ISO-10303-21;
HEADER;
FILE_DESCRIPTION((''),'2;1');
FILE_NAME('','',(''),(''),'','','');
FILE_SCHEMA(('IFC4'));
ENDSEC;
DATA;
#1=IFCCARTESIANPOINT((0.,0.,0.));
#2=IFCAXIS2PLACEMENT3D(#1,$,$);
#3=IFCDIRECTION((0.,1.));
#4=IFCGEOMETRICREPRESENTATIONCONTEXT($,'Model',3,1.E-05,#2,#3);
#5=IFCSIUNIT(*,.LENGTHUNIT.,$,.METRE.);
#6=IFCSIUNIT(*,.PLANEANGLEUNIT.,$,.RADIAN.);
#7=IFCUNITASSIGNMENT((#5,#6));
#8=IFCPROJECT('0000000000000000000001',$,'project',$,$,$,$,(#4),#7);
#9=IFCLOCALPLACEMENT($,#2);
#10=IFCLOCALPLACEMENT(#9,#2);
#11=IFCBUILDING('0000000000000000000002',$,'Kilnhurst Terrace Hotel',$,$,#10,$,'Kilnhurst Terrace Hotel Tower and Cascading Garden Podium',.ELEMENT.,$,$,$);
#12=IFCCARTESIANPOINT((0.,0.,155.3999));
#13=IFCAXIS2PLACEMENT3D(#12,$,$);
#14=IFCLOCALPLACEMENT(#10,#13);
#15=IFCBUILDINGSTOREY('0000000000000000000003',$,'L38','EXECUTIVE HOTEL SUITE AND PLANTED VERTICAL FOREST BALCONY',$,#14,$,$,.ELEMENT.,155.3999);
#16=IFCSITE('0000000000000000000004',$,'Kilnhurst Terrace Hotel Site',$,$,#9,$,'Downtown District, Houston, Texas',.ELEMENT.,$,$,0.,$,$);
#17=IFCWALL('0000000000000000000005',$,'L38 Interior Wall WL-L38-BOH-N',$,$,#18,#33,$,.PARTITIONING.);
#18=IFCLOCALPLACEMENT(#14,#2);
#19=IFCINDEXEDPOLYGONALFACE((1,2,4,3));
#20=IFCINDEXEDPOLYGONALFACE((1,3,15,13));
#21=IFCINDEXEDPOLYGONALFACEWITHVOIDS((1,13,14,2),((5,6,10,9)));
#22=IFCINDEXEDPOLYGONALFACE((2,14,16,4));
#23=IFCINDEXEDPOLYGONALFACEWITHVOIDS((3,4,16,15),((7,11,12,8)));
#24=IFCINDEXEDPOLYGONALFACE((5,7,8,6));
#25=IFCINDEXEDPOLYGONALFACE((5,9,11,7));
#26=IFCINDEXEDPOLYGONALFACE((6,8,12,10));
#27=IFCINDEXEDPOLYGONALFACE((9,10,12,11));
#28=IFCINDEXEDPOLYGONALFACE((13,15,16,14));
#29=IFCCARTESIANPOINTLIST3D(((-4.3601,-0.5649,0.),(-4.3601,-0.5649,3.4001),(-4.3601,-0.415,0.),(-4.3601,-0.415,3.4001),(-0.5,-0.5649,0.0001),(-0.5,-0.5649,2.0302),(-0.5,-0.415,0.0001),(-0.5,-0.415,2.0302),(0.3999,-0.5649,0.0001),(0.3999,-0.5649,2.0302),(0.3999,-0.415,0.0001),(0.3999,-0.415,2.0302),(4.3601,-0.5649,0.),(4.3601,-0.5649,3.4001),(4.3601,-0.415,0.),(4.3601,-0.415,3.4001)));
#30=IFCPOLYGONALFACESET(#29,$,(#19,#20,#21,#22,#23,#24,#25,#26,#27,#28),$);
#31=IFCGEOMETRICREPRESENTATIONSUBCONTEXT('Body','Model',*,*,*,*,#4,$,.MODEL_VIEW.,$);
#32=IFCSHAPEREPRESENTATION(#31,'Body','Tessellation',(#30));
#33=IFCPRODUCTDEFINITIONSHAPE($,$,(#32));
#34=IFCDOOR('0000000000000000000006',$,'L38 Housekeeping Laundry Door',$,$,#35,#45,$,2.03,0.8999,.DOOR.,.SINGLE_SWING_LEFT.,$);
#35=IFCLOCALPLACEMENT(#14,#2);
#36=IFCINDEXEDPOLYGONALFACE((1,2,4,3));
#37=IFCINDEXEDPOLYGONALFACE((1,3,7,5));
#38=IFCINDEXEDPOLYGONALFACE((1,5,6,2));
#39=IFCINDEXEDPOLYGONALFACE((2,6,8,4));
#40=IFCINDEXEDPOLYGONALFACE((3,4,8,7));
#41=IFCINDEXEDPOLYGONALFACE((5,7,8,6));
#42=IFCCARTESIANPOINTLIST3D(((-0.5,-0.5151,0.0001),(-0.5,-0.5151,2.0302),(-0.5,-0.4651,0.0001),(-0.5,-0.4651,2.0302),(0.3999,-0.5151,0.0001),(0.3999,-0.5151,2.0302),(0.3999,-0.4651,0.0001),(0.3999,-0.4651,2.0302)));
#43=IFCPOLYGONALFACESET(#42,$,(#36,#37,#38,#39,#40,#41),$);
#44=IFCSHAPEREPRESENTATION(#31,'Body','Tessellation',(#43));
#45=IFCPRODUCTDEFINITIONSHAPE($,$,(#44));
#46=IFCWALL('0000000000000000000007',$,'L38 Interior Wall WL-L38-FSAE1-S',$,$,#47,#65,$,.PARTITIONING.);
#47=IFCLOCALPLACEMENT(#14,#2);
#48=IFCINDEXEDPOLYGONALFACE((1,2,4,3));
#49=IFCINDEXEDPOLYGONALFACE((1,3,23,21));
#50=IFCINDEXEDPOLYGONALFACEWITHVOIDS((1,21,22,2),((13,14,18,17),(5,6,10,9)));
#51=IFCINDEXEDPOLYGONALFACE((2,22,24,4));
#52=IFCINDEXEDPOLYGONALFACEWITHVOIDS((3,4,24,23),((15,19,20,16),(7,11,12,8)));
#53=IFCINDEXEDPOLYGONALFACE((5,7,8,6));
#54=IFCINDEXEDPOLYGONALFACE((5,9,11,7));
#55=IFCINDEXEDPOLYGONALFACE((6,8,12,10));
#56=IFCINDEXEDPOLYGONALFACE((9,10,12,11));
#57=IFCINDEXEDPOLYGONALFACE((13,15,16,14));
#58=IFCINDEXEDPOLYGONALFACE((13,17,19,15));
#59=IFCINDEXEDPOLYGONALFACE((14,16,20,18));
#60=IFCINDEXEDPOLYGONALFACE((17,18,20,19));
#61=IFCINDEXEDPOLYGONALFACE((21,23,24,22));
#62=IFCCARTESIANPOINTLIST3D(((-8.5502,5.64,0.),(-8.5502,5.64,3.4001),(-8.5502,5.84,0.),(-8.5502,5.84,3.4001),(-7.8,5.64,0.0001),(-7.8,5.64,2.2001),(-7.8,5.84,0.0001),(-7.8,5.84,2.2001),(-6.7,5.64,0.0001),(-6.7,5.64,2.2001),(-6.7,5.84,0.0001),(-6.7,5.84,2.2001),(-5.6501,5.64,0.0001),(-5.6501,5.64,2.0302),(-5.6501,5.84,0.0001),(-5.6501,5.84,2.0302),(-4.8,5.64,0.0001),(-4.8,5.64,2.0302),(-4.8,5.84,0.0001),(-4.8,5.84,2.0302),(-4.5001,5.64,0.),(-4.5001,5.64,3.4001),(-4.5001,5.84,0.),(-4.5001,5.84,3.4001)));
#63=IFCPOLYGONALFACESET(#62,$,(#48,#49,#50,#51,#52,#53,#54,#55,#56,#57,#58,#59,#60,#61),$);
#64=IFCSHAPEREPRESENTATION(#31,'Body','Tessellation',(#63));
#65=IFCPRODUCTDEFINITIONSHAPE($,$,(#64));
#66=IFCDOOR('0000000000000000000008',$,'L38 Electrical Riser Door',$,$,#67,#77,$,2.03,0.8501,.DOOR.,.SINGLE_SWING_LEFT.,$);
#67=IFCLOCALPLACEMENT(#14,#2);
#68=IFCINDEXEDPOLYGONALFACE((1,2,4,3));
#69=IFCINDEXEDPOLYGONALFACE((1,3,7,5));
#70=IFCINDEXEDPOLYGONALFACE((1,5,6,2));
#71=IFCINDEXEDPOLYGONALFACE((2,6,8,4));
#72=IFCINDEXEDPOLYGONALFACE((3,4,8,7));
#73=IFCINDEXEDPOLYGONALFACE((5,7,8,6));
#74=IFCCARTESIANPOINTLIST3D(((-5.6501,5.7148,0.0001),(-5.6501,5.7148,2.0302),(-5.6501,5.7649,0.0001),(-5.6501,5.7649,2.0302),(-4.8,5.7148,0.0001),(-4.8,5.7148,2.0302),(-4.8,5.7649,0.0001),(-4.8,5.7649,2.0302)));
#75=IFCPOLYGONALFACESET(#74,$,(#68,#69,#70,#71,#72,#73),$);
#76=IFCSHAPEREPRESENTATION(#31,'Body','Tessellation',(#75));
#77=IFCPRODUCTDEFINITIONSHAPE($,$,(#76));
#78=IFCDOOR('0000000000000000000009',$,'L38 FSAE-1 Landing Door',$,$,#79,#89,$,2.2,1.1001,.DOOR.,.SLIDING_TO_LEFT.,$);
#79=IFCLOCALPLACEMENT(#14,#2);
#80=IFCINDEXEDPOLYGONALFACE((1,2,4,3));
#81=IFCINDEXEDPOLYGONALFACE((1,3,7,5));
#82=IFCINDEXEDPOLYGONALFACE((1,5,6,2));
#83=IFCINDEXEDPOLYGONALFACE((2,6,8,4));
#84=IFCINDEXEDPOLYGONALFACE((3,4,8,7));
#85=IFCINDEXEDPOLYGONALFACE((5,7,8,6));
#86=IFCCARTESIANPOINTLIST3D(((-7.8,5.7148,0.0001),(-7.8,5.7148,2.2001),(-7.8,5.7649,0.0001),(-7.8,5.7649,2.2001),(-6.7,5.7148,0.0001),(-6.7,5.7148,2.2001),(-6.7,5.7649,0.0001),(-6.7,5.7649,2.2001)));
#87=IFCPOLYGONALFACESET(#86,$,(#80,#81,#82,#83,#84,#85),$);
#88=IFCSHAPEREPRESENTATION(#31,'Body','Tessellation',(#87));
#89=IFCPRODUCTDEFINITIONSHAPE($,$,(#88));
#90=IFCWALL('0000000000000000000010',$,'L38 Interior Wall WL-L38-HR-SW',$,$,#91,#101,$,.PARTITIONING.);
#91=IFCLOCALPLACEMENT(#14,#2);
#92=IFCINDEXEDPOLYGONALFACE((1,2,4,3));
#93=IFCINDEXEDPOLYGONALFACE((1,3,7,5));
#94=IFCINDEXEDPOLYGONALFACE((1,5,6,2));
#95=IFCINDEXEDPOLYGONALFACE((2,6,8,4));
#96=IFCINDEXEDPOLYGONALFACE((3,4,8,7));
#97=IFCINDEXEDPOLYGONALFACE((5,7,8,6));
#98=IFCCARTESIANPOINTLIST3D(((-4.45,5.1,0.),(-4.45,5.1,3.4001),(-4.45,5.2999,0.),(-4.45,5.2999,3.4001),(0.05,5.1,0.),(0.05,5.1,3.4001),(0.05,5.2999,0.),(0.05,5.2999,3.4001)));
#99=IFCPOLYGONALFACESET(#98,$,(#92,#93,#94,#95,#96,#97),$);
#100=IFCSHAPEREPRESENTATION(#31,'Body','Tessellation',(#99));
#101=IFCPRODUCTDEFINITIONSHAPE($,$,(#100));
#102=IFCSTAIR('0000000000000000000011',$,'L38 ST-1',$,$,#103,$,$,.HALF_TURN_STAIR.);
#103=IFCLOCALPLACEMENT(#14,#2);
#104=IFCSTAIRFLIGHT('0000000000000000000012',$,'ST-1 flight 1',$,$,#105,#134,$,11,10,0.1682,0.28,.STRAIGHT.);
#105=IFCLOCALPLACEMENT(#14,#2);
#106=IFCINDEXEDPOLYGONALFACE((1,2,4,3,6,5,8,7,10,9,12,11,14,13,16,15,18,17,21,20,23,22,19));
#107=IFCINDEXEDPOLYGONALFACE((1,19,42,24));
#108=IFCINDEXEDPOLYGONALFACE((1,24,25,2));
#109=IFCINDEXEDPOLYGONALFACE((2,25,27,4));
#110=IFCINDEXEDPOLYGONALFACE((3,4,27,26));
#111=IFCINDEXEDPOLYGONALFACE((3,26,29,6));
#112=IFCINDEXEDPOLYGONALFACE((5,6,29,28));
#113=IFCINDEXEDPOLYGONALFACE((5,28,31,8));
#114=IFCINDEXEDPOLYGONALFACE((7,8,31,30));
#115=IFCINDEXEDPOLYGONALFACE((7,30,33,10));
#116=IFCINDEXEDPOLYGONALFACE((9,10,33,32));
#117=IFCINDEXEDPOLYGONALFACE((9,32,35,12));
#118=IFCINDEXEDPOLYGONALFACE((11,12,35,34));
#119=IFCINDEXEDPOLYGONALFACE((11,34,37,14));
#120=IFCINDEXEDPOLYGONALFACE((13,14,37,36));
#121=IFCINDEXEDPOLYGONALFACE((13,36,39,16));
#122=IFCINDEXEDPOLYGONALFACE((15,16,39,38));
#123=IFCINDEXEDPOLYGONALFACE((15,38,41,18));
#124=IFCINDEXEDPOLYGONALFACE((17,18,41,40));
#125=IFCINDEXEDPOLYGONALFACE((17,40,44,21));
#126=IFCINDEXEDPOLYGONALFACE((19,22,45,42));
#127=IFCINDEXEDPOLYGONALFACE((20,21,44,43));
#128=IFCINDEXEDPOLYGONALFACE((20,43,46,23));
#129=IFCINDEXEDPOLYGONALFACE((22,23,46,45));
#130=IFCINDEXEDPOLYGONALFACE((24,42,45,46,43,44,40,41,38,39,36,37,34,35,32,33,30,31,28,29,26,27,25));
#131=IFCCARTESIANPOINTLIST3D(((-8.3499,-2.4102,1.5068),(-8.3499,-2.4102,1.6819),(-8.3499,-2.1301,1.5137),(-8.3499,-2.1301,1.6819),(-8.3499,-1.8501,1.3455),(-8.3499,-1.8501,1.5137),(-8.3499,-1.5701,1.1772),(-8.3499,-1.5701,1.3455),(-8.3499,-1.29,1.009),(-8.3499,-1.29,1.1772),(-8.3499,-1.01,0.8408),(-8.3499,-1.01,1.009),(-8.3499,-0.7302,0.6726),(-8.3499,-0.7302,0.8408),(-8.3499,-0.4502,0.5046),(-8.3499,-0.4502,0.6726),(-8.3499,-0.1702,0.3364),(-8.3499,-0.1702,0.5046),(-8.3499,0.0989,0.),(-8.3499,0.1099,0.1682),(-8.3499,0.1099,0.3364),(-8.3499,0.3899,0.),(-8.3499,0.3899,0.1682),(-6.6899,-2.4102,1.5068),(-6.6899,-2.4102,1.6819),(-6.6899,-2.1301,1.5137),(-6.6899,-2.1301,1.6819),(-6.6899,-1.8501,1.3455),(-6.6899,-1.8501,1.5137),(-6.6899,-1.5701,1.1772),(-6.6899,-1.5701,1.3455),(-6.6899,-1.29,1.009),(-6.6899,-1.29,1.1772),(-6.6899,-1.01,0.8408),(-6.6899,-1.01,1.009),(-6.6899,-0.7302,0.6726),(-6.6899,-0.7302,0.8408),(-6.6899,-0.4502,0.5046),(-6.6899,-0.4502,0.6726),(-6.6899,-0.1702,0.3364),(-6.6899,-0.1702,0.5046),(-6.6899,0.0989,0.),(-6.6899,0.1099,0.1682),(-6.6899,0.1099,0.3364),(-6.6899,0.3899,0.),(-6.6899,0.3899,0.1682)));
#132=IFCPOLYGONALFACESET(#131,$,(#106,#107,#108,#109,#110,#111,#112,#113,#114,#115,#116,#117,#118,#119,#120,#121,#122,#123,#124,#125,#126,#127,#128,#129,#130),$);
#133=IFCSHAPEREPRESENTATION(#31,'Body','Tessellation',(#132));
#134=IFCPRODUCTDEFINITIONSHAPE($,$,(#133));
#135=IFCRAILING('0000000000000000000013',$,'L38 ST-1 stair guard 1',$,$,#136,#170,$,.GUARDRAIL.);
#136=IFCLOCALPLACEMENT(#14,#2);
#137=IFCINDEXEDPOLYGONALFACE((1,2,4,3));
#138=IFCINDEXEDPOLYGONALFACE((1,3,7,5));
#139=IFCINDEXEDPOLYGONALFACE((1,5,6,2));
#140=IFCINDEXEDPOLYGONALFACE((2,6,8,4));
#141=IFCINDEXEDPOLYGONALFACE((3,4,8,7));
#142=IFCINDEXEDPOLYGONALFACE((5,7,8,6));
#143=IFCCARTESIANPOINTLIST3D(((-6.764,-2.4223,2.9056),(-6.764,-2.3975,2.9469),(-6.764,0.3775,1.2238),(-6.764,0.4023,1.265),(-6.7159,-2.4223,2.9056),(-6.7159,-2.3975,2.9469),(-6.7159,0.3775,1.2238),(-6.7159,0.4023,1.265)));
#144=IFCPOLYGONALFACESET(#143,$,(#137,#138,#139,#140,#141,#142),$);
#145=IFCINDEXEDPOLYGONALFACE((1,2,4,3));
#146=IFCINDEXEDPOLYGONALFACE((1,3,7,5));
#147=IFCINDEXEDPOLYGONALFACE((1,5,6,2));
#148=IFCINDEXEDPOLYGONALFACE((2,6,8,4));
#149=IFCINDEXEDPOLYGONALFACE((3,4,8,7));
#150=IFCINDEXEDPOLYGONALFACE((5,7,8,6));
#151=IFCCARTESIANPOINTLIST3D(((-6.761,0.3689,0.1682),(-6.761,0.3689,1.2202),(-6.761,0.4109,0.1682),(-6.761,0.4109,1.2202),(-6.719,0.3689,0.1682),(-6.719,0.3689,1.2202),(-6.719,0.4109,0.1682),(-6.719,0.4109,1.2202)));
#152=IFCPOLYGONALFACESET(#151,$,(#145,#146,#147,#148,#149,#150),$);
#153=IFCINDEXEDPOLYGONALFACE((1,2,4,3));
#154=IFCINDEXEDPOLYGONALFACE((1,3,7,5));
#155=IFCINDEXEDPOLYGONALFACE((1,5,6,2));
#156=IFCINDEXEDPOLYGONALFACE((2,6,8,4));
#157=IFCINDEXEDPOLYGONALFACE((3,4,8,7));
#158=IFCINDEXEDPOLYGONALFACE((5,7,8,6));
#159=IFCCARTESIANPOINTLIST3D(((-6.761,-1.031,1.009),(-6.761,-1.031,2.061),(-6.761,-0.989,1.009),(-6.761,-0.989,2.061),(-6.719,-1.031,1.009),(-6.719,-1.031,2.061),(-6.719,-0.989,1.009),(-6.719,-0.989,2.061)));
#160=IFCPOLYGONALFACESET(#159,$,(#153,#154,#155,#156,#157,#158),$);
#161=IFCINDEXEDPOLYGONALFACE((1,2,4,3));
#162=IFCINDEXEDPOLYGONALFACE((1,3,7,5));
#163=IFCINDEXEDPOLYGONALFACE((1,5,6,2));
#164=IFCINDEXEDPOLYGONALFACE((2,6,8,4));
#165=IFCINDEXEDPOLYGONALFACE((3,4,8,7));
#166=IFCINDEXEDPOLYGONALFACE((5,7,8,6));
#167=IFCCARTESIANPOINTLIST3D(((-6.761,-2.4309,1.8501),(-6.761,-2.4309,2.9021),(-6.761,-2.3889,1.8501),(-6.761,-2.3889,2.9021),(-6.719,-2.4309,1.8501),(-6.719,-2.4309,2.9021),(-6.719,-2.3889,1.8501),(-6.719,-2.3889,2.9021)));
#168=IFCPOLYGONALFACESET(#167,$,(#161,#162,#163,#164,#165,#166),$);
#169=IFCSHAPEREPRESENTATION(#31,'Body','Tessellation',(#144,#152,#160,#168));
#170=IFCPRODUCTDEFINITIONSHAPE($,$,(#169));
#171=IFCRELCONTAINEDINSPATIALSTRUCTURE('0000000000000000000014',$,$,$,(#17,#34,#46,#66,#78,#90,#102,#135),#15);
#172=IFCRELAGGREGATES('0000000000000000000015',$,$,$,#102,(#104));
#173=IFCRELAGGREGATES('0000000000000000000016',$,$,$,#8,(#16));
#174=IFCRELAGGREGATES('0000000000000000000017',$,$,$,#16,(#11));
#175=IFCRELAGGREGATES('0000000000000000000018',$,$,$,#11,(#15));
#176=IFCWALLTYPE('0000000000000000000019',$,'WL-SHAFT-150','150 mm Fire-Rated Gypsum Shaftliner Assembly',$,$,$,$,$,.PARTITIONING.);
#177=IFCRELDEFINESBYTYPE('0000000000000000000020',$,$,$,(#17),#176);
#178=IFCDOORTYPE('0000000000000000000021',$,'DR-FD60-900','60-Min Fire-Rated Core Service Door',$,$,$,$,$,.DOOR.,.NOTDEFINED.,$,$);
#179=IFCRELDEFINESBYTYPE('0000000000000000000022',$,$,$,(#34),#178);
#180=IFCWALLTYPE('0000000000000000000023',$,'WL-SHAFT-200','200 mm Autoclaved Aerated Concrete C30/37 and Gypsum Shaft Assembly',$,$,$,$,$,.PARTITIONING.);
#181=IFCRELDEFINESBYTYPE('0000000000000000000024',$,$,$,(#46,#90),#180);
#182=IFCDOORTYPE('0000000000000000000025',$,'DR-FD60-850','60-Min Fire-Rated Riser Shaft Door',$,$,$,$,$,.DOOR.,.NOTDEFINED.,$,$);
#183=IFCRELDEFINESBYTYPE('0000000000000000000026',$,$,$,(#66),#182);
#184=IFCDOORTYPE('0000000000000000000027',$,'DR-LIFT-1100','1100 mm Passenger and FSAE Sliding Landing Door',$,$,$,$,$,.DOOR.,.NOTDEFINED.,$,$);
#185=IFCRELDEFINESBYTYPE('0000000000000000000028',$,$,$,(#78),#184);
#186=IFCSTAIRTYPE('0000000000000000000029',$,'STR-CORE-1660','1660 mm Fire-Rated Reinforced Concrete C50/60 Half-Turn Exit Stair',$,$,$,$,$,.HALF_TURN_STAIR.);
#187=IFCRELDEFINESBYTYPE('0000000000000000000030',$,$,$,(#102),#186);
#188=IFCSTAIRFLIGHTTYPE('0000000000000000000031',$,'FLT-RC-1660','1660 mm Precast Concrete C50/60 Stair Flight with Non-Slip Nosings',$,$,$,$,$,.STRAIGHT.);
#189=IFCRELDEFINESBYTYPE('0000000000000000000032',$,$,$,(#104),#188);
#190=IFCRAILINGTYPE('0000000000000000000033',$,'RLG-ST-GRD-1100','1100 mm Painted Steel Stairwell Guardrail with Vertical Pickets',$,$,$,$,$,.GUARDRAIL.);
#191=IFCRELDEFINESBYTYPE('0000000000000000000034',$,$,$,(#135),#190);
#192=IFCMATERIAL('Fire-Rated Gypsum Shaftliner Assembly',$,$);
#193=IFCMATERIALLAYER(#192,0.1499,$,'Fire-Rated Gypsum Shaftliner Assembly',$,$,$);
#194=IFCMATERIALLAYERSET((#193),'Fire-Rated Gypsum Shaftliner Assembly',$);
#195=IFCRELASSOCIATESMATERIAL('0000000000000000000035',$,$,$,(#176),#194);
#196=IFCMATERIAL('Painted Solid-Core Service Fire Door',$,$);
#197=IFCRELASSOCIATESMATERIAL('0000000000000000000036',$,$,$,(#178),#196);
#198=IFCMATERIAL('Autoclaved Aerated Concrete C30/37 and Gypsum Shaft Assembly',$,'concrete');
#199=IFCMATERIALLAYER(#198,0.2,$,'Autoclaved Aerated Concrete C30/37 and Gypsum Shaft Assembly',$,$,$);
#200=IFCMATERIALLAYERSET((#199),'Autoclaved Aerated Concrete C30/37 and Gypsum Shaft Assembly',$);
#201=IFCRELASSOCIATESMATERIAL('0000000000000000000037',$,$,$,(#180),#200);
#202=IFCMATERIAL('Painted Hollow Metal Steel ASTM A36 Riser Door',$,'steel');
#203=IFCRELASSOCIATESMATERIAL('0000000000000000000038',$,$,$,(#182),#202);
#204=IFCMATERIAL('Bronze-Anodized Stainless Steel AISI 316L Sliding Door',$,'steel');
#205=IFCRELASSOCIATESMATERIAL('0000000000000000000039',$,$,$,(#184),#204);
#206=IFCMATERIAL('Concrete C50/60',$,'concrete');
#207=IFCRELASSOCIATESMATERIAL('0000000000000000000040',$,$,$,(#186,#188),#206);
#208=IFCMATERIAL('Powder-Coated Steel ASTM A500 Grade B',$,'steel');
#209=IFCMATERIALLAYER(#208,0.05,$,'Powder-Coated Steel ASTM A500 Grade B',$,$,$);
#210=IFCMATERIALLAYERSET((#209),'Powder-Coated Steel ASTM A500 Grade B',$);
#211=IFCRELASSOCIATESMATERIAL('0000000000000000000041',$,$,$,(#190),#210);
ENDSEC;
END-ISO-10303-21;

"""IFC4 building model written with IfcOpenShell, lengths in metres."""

from ifc_helpers import new_model, si_unit, direction, frame, frame_2d, origin, origin_2d, place, context, subcontext, project, spatial, polyline, rectangle, outline, extrude, material, layer, layer_set, type_object, element, fill, aggregate, save


model = new_model("IFC4")

# Units and contexts
model_context = context("Model", 3, precision=1e-05, world=origin(), true_north=direction((0.0, 1.0)))
body_context = subcontext(model_context, "Body", "Model", "MODEL_VIEW")
ifc_project = project(units=[si_unit("LENGTHUNIT", "METRE"), si_unit("PLANEANGLEUNIT", "RADIAN")], contexts=[model_context])

# Site, building, storey
site_placement = place(None, origin())
site = spatial("IfcSite", under=ifc_project, at=site_placement, Name="Kilnhurst Terrace Hotel Site", LongName="Downtown District, Houston, Texas", CompositionType="ELEMENT", RefElevation=0.0)
building_placement = place(site_placement, origin())
building = spatial("IfcBuilding", under=site, at=building_placement, Name="Kilnhurst Terrace Hotel", LongName="Kilnhurst Terrace Hotel Tower and Cascading Garden Podium", CompositionType="ELEMENT")
storey_placement = place(building_placement, frame((0.0, 0.0, 155.3999)))
storey = spatial("IfcBuildingStorey", under=building, at=storey_placement, Name="L38", Description="EXECUTIVE HOTEL SUITE AND PLANTED VERTICAL FOREST BALCONY", CompositionType="ELEMENT", Elevation=155.3999)

# Shared definitions
ifc_material_1 = material(Name="Concrete C50/60", Category="concrete")

# Shared definitions
ifc_material_2 = material(Name="Fire-Rated Gypsum Shaftliner Assembly")
ifc_layer_1 = layer(ifc_material_2, 0.1499, Name="Fire-Rated Gypsum Shaftliner Assembly")
ifc_layer_set_1 = layer_set([ifc_layer_1], Name="Fire-Rated Gypsum Shaftliner Assembly")
wall_type_1 = type_object("IfcWallType", Name="WL-SHAFT-150", Description="150 mm Fire-Rated Gypsum Shaftliner Assembly", PredefinedType="PARTITIONING", material=ifc_layer_set_1)

# Wall, opening, door
wall_1_placement = place(storey_placement, frame((-4.3601, -0.49, 0.0), z_axis=(0.0, 0.0, 1.0), x_axis=(1.0, 0.0, 0.0)))
wall_1 = element("IfcWall", 1, at=wall_1_placement, inside=storey, type_object=wall_type_1, Name="L38 Interior Wall WL-L38-BOH-N", PredefinedType="PARTITIONING", context=body_context, shape_type="SweptSolid", body=[
    extrude(rectangle(XDim=8.7202, YDim=0.1499, at=frame_2d((4.3601, 0.0))), origin(), (0.0, 0.0, 1.0), 3.4001),
])
opening_1_placement = place(wall_1_placement, frame((3.8601, 0.0, 0.0)))
opening_1 = element("IfcOpeningElement", 2, at=opening_1_placement, cuts=wall_1, PredefinedType="OPENING", context=body_context, shape_type="SweptSolid", body=[
    extrude(rectangle(XDim=0.8999, YDim=2.03, at=frame_2d((0.45, 1.0151))), frame((0.0, 0.085, 0.0), z_axis=(0.0, -1.0, 0.0), x_axis=(1.0, 0.0, 0.0)), (0.0, 0.0, 1.0), 0.1699),
])
ifc_material_3 = material(Name="Painted Solid-Core Service Fire Door")
door_type_1 = type_object("IfcDoorType", Name="DR-FD60-900", Description="60-Min Fire-Rated Core Service Door", OperationType="NOTDEFINED", PredefinedType="DOOR", material=ifc_material_3)
door_1_placement = place(opening_1_placement, origin())
door_1 = element("IfcDoor", 3, at=door_1_placement, inside=storey, type_object=door_type_1, Name="L38 Housekeeping Laundry Door", OperationType="SINGLE_SWING_LEFT", OverallHeight=2.03, OverallWidth=0.8999, PredefinedType="DOOR", context=body_context, shape_type="SweptSolid", body=[
    extrude(rectangle(XDim=0.8999, YDim=2.03, at=frame_2d((0.45, 1.0151))), frame((0.0, 0.0249, 0.0), z_axis=(0.0, -1.0, 0.0), x_axis=(1.0, 0.0, 0.0)), (0.0, 0.0, 1.0), 0.05),
])
fill(opening_1, door_1)

# Wall, openings, doors
ifc_material_4 = material(Name="Autoclaved Aerated Concrete C30/37 and Gypsum Shaft Assembly", Category="concrete")
ifc_layer_2 = layer(ifc_material_4, 0.2, Name="Autoclaved Aerated Concrete C30/37 and Gypsum Shaft Assembly")
ifc_layer_set_2 = layer_set([ifc_layer_2], Name="Autoclaved Aerated Concrete C30/37 and Gypsum Shaft Assembly")
wall_type_2 = type_object("IfcWallType", Name="WL-SHAFT-200", Description="200 mm Autoclaved Aerated Concrete C30/37 and Gypsum Shaft Assembly", PredefinedType="PARTITIONING", material=ifc_layer_set_2)
wall_2_placement = place(storey_placement, frame((-8.55, 5.74, 0.0), z_axis=(0.0, 0.0, 1.0), x_axis=(1.0, 0.0, 0.0)))
wall_2 = element("IfcWall", 4, at=wall_2_placement, inside=storey, type_object=wall_type_2, Name="L38 Interior Wall WL-L38-FSAE1-S", PredefinedType="PARTITIONING", context=body_context, shape_type="SweptSolid", body=[
    extrude(rectangle(XDim=4.05, YDim=0.2, at=frame_2d((2.0249, 0.0))), origin(), (0.0, 0.0, 1.0), 3.4001),
])
opening_2_placement = place(wall_2_placement, frame((0.75, 0.0, 0.0)))
opening_2 = element("IfcOpeningElement", 5, at=opening_2_placement, cuts=wall_2, PredefinedType="OPENING", context=body_context, shape_type="SweptSolid", body=[
    extrude(rectangle(XDim=1.1001, YDim=2.2, at=frame_2d((0.55, 1.1001))), frame((0.0, 0.1099, 0.0), z_axis=(0.0, -1.0, 0.0), x_axis=(1.0, 0.0, 0.0)), (0.0, 0.0, 1.0), 0.22),
])
opening_3_placement = place(wall_2_placement, frame((2.8999, 0.0, 0.0)))
opening_3 = element("IfcOpeningElement", 6, at=opening_3_placement, cuts=wall_2, PredefinedType="OPENING", context=body_context, shape_type="SweptSolid", body=[
    extrude(rectangle(XDim=0.8501, YDim=2.03, at=frame_2d((0.425, 1.0151))), frame((0.0, 0.1099, 0.0), z_axis=(0.0, -1.0, 0.0), x_axis=(1.0, 0.0, 0.0)), (0.0, 0.0, 1.0), 0.22),
])
ifc_material_5 = material(Name="Painted Hollow Metal Steel ASTM A36 Riser Door", Category="steel")
door_type_2 = type_object("IfcDoorType", Name="DR-FD60-850", Description="60-Min Fire-Rated Riser Shaft Door", OperationType="NOTDEFINED", PredefinedType="DOOR", material=ifc_material_5)
door_2_placement = place(opening_3_placement, origin())
door_2 = element("IfcDoor", 7, at=door_2_placement, inside=storey, type_object=door_type_2, Name="L38 Electrical Riser Door", OperationType="SINGLE_SWING_LEFT", OverallHeight=2.03, OverallWidth=0.8501, PredefinedType="DOOR", context=body_context, shape_type="SweptSolid", body=[
    extrude(rectangle(XDim=0.8501, YDim=2.03, at=frame_2d((0.425, 1.0151))), frame((0.0, 0.0249, 0.0), z_axis=(0.0, -1.0, 0.0), x_axis=(1.0, 0.0, 0.0)), (0.0, 0.0, 1.0), 0.05),
])
fill(opening_3, door_2)
ifc_material_6 = material(Name="Bronze-Anodized Stainless Steel AISI 316L Sliding Door", Category="steel")
door_type_3 = type_object("IfcDoorType", Name="DR-LIFT-1100", Description="1100 mm Passenger and FSAE Sliding Landing Door", OperationType="NOTDEFINED", PredefinedType="DOOR", material=ifc_material_6)
door_3_placement = place(opening_2_placement, origin())
door_3 = element("IfcDoor", 8, at=door_3_placement, inside=storey, type_object=door_type_3, Name="L38 FSAE-1 Landing Door", OperationType="SLIDING_TO_LEFT", OverallHeight=2.2, OverallWidth=1.1001, PredefinedType="DOOR", context=body_context, shape_type="SweptSolid", body=[
    extrude(rectangle(XDim=1.1001, YDim=2.2, at=frame_2d((0.55, 1.1001))), frame((0.0, 0.0249, 0.0), z_axis=(0.0, -1.0, 0.0), x_axis=(1.0, 0.0, 0.0)), (0.0, 0.0, 1.0), 0.05),
])
fill(opening_2, door_3)

# Wall
wall_3_placement = place(storey_placement, frame((-4.45, 5.2, 0.0), z_axis=(0.0, 0.0, 1.0), x_axis=(1.0, 0.0, 0.0)))
element("IfcWall", 9, at=wall_3_placement, inside=storey, type_object=wall_type_2, Name="L38 Interior Wall WL-L38-HR-SW", PredefinedType="PARTITIONING", context=body_context, shape_type="SweptSolid", body=[
    extrude(rectangle(XDim=4.5, YDim=0.2, at=frame_2d((2.25, 0.0))), origin(), (0.0, 0.0, 1.0), 3.4001),
])

# Stair, stair flight
stair_type = type_object("IfcStairType", Name="STR-CORE-1660", Description="1660 mm Fire-Rated Reinforced Concrete C50/60 Half-Turn Exit Stair", PredefinedType="HALF_TURN_STAIR", material=ifc_material_1)
stair_placement = place(storey_placement, origin())
stair = element("IfcStair", 10, at=stair_placement, inside=storey, type_object=stair_type, Name="L38 ST-1", PredefinedType="HALF_TURN_STAIR")
stair_flight_type = type_object("IfcStairFlightType", Name="FLT-RC-1660", Description="1660 mm Precast Concrete C50/60 Stair Flight with Non-Slip Nosings", PredefinedType="STRAIGHT", material=ifc_material_1)
stair_flight_placement = place(storey_placement, frame((-7.52, 0.3899, 0.0), z_axis=(0.0, 0.0, 1.0), x_axis=(0.0, -1.0, 0.0)))
stair_flight = element("IfcStairFlight", 11, at=stair_flight_placement, type_object=stair_flight_type, Name="ST-1 flight 1", NumberOfRisers=11, NumberOfTreads=10, PredefinedType="STRAIGHT", RiserHeight=0.1682, TreadLength=0.28, context=body_context, shape_type="SweptSolid", body=[
    extrude(outline(polyline([(0.0, 0.0), (0.0, 0.1682), (0.28, 0.1682), (0.28, 0.3364), (0.5601, 0.3364), (0.5601, 0.5046), (0.8401, 0.5046), (0.8401, 0.6726), (1.1201, 0.6726), (1.1201, 0.8408), (1.3999, 0.8408), (1.3999, 1.009), (1.6799, 1.009), (1.6799, 1.1772), (1.96, 1.1772), (1.96, 1.3455), (2.24, 1.3455), (2.24, 1.5137), (2.52, 1.5137), (2.52, 1.6819), (2.8, 1.6819), (2.8, 1.8501), (2.8, 1.5068), (0.291, 0.0), (0.0, 0.0)])), frame((0.0, 0.8301, 0.0), z_axis=(0.0, -1.0, 0.0), x_axis=(1.0, 0.0, 0.0)), (0.0, 0.0, 1.0), 1.6599),
])
aggregate(stair, [stair_flight])

# Railing
ifc_material_7 = material(Name="Powder-Coated Steel ASTM A500 Grade B", Category="steel")
ifc_layer_3 = layer(ifc_material_7, 0.05, Name="Powder-Coated Steel ASTM A500 Grade B")
ifc_layer_set_3 = layer_set([ifc_layer_3], Name="Powder-Coated Steel ASTM A500 Grade B")
railing_type_1 = type_object("IfcRailingType", Name="RLG-ST-GRD-1100", Description="1100 mm Painted Steel Stairwell Guardrail with Vertical Pickets", PredefinedType="GUARDRAIL", material=ifc_layer_set_3)
railing_1_placement = place(storey_placement, frame((-6.74, 0.3899, 0.1682)))
element("IfcRailing", 12, at=railing_1_placement, inside=storey, type_object=railing_type_1, Name="L38 ST-1 stair guard 1", PredefinedType="GUARDRAIL", context=body_context, shape_type="SweptSolid", body=[
    extrude(rectangle(XDim=0.0481, YDim=0.0481, at=origin_2d()), frame((0.0, 0.0, 1.0762), z_axis=(0.0, -0.857222, 0.514946), x_axis=(1.0, 0.0, 0.0)), (0.0, 0.0, 1.0), 3.2661),
    extrude(rectangle(XDim=0.042, YDim=0.042, at=origin_2d()), origin(), (0.0, 0.0, 1.0), 1.052),
    extrude(rectangle(XDim=0.042, YDim=0.042, at=origin_2d()), frame((0.0, -1.3999, 0.8408)), (0.0, 0.0, 1.0), 1.052),
    extrude(rectangle(XDim=0.042, YDim=0.042, at=origin_2d()), frame((0.0, -2.7998, 1.6819)), (0.0, 0.0, 1.0), 1.052),
])

save(model, "model.ifc")
